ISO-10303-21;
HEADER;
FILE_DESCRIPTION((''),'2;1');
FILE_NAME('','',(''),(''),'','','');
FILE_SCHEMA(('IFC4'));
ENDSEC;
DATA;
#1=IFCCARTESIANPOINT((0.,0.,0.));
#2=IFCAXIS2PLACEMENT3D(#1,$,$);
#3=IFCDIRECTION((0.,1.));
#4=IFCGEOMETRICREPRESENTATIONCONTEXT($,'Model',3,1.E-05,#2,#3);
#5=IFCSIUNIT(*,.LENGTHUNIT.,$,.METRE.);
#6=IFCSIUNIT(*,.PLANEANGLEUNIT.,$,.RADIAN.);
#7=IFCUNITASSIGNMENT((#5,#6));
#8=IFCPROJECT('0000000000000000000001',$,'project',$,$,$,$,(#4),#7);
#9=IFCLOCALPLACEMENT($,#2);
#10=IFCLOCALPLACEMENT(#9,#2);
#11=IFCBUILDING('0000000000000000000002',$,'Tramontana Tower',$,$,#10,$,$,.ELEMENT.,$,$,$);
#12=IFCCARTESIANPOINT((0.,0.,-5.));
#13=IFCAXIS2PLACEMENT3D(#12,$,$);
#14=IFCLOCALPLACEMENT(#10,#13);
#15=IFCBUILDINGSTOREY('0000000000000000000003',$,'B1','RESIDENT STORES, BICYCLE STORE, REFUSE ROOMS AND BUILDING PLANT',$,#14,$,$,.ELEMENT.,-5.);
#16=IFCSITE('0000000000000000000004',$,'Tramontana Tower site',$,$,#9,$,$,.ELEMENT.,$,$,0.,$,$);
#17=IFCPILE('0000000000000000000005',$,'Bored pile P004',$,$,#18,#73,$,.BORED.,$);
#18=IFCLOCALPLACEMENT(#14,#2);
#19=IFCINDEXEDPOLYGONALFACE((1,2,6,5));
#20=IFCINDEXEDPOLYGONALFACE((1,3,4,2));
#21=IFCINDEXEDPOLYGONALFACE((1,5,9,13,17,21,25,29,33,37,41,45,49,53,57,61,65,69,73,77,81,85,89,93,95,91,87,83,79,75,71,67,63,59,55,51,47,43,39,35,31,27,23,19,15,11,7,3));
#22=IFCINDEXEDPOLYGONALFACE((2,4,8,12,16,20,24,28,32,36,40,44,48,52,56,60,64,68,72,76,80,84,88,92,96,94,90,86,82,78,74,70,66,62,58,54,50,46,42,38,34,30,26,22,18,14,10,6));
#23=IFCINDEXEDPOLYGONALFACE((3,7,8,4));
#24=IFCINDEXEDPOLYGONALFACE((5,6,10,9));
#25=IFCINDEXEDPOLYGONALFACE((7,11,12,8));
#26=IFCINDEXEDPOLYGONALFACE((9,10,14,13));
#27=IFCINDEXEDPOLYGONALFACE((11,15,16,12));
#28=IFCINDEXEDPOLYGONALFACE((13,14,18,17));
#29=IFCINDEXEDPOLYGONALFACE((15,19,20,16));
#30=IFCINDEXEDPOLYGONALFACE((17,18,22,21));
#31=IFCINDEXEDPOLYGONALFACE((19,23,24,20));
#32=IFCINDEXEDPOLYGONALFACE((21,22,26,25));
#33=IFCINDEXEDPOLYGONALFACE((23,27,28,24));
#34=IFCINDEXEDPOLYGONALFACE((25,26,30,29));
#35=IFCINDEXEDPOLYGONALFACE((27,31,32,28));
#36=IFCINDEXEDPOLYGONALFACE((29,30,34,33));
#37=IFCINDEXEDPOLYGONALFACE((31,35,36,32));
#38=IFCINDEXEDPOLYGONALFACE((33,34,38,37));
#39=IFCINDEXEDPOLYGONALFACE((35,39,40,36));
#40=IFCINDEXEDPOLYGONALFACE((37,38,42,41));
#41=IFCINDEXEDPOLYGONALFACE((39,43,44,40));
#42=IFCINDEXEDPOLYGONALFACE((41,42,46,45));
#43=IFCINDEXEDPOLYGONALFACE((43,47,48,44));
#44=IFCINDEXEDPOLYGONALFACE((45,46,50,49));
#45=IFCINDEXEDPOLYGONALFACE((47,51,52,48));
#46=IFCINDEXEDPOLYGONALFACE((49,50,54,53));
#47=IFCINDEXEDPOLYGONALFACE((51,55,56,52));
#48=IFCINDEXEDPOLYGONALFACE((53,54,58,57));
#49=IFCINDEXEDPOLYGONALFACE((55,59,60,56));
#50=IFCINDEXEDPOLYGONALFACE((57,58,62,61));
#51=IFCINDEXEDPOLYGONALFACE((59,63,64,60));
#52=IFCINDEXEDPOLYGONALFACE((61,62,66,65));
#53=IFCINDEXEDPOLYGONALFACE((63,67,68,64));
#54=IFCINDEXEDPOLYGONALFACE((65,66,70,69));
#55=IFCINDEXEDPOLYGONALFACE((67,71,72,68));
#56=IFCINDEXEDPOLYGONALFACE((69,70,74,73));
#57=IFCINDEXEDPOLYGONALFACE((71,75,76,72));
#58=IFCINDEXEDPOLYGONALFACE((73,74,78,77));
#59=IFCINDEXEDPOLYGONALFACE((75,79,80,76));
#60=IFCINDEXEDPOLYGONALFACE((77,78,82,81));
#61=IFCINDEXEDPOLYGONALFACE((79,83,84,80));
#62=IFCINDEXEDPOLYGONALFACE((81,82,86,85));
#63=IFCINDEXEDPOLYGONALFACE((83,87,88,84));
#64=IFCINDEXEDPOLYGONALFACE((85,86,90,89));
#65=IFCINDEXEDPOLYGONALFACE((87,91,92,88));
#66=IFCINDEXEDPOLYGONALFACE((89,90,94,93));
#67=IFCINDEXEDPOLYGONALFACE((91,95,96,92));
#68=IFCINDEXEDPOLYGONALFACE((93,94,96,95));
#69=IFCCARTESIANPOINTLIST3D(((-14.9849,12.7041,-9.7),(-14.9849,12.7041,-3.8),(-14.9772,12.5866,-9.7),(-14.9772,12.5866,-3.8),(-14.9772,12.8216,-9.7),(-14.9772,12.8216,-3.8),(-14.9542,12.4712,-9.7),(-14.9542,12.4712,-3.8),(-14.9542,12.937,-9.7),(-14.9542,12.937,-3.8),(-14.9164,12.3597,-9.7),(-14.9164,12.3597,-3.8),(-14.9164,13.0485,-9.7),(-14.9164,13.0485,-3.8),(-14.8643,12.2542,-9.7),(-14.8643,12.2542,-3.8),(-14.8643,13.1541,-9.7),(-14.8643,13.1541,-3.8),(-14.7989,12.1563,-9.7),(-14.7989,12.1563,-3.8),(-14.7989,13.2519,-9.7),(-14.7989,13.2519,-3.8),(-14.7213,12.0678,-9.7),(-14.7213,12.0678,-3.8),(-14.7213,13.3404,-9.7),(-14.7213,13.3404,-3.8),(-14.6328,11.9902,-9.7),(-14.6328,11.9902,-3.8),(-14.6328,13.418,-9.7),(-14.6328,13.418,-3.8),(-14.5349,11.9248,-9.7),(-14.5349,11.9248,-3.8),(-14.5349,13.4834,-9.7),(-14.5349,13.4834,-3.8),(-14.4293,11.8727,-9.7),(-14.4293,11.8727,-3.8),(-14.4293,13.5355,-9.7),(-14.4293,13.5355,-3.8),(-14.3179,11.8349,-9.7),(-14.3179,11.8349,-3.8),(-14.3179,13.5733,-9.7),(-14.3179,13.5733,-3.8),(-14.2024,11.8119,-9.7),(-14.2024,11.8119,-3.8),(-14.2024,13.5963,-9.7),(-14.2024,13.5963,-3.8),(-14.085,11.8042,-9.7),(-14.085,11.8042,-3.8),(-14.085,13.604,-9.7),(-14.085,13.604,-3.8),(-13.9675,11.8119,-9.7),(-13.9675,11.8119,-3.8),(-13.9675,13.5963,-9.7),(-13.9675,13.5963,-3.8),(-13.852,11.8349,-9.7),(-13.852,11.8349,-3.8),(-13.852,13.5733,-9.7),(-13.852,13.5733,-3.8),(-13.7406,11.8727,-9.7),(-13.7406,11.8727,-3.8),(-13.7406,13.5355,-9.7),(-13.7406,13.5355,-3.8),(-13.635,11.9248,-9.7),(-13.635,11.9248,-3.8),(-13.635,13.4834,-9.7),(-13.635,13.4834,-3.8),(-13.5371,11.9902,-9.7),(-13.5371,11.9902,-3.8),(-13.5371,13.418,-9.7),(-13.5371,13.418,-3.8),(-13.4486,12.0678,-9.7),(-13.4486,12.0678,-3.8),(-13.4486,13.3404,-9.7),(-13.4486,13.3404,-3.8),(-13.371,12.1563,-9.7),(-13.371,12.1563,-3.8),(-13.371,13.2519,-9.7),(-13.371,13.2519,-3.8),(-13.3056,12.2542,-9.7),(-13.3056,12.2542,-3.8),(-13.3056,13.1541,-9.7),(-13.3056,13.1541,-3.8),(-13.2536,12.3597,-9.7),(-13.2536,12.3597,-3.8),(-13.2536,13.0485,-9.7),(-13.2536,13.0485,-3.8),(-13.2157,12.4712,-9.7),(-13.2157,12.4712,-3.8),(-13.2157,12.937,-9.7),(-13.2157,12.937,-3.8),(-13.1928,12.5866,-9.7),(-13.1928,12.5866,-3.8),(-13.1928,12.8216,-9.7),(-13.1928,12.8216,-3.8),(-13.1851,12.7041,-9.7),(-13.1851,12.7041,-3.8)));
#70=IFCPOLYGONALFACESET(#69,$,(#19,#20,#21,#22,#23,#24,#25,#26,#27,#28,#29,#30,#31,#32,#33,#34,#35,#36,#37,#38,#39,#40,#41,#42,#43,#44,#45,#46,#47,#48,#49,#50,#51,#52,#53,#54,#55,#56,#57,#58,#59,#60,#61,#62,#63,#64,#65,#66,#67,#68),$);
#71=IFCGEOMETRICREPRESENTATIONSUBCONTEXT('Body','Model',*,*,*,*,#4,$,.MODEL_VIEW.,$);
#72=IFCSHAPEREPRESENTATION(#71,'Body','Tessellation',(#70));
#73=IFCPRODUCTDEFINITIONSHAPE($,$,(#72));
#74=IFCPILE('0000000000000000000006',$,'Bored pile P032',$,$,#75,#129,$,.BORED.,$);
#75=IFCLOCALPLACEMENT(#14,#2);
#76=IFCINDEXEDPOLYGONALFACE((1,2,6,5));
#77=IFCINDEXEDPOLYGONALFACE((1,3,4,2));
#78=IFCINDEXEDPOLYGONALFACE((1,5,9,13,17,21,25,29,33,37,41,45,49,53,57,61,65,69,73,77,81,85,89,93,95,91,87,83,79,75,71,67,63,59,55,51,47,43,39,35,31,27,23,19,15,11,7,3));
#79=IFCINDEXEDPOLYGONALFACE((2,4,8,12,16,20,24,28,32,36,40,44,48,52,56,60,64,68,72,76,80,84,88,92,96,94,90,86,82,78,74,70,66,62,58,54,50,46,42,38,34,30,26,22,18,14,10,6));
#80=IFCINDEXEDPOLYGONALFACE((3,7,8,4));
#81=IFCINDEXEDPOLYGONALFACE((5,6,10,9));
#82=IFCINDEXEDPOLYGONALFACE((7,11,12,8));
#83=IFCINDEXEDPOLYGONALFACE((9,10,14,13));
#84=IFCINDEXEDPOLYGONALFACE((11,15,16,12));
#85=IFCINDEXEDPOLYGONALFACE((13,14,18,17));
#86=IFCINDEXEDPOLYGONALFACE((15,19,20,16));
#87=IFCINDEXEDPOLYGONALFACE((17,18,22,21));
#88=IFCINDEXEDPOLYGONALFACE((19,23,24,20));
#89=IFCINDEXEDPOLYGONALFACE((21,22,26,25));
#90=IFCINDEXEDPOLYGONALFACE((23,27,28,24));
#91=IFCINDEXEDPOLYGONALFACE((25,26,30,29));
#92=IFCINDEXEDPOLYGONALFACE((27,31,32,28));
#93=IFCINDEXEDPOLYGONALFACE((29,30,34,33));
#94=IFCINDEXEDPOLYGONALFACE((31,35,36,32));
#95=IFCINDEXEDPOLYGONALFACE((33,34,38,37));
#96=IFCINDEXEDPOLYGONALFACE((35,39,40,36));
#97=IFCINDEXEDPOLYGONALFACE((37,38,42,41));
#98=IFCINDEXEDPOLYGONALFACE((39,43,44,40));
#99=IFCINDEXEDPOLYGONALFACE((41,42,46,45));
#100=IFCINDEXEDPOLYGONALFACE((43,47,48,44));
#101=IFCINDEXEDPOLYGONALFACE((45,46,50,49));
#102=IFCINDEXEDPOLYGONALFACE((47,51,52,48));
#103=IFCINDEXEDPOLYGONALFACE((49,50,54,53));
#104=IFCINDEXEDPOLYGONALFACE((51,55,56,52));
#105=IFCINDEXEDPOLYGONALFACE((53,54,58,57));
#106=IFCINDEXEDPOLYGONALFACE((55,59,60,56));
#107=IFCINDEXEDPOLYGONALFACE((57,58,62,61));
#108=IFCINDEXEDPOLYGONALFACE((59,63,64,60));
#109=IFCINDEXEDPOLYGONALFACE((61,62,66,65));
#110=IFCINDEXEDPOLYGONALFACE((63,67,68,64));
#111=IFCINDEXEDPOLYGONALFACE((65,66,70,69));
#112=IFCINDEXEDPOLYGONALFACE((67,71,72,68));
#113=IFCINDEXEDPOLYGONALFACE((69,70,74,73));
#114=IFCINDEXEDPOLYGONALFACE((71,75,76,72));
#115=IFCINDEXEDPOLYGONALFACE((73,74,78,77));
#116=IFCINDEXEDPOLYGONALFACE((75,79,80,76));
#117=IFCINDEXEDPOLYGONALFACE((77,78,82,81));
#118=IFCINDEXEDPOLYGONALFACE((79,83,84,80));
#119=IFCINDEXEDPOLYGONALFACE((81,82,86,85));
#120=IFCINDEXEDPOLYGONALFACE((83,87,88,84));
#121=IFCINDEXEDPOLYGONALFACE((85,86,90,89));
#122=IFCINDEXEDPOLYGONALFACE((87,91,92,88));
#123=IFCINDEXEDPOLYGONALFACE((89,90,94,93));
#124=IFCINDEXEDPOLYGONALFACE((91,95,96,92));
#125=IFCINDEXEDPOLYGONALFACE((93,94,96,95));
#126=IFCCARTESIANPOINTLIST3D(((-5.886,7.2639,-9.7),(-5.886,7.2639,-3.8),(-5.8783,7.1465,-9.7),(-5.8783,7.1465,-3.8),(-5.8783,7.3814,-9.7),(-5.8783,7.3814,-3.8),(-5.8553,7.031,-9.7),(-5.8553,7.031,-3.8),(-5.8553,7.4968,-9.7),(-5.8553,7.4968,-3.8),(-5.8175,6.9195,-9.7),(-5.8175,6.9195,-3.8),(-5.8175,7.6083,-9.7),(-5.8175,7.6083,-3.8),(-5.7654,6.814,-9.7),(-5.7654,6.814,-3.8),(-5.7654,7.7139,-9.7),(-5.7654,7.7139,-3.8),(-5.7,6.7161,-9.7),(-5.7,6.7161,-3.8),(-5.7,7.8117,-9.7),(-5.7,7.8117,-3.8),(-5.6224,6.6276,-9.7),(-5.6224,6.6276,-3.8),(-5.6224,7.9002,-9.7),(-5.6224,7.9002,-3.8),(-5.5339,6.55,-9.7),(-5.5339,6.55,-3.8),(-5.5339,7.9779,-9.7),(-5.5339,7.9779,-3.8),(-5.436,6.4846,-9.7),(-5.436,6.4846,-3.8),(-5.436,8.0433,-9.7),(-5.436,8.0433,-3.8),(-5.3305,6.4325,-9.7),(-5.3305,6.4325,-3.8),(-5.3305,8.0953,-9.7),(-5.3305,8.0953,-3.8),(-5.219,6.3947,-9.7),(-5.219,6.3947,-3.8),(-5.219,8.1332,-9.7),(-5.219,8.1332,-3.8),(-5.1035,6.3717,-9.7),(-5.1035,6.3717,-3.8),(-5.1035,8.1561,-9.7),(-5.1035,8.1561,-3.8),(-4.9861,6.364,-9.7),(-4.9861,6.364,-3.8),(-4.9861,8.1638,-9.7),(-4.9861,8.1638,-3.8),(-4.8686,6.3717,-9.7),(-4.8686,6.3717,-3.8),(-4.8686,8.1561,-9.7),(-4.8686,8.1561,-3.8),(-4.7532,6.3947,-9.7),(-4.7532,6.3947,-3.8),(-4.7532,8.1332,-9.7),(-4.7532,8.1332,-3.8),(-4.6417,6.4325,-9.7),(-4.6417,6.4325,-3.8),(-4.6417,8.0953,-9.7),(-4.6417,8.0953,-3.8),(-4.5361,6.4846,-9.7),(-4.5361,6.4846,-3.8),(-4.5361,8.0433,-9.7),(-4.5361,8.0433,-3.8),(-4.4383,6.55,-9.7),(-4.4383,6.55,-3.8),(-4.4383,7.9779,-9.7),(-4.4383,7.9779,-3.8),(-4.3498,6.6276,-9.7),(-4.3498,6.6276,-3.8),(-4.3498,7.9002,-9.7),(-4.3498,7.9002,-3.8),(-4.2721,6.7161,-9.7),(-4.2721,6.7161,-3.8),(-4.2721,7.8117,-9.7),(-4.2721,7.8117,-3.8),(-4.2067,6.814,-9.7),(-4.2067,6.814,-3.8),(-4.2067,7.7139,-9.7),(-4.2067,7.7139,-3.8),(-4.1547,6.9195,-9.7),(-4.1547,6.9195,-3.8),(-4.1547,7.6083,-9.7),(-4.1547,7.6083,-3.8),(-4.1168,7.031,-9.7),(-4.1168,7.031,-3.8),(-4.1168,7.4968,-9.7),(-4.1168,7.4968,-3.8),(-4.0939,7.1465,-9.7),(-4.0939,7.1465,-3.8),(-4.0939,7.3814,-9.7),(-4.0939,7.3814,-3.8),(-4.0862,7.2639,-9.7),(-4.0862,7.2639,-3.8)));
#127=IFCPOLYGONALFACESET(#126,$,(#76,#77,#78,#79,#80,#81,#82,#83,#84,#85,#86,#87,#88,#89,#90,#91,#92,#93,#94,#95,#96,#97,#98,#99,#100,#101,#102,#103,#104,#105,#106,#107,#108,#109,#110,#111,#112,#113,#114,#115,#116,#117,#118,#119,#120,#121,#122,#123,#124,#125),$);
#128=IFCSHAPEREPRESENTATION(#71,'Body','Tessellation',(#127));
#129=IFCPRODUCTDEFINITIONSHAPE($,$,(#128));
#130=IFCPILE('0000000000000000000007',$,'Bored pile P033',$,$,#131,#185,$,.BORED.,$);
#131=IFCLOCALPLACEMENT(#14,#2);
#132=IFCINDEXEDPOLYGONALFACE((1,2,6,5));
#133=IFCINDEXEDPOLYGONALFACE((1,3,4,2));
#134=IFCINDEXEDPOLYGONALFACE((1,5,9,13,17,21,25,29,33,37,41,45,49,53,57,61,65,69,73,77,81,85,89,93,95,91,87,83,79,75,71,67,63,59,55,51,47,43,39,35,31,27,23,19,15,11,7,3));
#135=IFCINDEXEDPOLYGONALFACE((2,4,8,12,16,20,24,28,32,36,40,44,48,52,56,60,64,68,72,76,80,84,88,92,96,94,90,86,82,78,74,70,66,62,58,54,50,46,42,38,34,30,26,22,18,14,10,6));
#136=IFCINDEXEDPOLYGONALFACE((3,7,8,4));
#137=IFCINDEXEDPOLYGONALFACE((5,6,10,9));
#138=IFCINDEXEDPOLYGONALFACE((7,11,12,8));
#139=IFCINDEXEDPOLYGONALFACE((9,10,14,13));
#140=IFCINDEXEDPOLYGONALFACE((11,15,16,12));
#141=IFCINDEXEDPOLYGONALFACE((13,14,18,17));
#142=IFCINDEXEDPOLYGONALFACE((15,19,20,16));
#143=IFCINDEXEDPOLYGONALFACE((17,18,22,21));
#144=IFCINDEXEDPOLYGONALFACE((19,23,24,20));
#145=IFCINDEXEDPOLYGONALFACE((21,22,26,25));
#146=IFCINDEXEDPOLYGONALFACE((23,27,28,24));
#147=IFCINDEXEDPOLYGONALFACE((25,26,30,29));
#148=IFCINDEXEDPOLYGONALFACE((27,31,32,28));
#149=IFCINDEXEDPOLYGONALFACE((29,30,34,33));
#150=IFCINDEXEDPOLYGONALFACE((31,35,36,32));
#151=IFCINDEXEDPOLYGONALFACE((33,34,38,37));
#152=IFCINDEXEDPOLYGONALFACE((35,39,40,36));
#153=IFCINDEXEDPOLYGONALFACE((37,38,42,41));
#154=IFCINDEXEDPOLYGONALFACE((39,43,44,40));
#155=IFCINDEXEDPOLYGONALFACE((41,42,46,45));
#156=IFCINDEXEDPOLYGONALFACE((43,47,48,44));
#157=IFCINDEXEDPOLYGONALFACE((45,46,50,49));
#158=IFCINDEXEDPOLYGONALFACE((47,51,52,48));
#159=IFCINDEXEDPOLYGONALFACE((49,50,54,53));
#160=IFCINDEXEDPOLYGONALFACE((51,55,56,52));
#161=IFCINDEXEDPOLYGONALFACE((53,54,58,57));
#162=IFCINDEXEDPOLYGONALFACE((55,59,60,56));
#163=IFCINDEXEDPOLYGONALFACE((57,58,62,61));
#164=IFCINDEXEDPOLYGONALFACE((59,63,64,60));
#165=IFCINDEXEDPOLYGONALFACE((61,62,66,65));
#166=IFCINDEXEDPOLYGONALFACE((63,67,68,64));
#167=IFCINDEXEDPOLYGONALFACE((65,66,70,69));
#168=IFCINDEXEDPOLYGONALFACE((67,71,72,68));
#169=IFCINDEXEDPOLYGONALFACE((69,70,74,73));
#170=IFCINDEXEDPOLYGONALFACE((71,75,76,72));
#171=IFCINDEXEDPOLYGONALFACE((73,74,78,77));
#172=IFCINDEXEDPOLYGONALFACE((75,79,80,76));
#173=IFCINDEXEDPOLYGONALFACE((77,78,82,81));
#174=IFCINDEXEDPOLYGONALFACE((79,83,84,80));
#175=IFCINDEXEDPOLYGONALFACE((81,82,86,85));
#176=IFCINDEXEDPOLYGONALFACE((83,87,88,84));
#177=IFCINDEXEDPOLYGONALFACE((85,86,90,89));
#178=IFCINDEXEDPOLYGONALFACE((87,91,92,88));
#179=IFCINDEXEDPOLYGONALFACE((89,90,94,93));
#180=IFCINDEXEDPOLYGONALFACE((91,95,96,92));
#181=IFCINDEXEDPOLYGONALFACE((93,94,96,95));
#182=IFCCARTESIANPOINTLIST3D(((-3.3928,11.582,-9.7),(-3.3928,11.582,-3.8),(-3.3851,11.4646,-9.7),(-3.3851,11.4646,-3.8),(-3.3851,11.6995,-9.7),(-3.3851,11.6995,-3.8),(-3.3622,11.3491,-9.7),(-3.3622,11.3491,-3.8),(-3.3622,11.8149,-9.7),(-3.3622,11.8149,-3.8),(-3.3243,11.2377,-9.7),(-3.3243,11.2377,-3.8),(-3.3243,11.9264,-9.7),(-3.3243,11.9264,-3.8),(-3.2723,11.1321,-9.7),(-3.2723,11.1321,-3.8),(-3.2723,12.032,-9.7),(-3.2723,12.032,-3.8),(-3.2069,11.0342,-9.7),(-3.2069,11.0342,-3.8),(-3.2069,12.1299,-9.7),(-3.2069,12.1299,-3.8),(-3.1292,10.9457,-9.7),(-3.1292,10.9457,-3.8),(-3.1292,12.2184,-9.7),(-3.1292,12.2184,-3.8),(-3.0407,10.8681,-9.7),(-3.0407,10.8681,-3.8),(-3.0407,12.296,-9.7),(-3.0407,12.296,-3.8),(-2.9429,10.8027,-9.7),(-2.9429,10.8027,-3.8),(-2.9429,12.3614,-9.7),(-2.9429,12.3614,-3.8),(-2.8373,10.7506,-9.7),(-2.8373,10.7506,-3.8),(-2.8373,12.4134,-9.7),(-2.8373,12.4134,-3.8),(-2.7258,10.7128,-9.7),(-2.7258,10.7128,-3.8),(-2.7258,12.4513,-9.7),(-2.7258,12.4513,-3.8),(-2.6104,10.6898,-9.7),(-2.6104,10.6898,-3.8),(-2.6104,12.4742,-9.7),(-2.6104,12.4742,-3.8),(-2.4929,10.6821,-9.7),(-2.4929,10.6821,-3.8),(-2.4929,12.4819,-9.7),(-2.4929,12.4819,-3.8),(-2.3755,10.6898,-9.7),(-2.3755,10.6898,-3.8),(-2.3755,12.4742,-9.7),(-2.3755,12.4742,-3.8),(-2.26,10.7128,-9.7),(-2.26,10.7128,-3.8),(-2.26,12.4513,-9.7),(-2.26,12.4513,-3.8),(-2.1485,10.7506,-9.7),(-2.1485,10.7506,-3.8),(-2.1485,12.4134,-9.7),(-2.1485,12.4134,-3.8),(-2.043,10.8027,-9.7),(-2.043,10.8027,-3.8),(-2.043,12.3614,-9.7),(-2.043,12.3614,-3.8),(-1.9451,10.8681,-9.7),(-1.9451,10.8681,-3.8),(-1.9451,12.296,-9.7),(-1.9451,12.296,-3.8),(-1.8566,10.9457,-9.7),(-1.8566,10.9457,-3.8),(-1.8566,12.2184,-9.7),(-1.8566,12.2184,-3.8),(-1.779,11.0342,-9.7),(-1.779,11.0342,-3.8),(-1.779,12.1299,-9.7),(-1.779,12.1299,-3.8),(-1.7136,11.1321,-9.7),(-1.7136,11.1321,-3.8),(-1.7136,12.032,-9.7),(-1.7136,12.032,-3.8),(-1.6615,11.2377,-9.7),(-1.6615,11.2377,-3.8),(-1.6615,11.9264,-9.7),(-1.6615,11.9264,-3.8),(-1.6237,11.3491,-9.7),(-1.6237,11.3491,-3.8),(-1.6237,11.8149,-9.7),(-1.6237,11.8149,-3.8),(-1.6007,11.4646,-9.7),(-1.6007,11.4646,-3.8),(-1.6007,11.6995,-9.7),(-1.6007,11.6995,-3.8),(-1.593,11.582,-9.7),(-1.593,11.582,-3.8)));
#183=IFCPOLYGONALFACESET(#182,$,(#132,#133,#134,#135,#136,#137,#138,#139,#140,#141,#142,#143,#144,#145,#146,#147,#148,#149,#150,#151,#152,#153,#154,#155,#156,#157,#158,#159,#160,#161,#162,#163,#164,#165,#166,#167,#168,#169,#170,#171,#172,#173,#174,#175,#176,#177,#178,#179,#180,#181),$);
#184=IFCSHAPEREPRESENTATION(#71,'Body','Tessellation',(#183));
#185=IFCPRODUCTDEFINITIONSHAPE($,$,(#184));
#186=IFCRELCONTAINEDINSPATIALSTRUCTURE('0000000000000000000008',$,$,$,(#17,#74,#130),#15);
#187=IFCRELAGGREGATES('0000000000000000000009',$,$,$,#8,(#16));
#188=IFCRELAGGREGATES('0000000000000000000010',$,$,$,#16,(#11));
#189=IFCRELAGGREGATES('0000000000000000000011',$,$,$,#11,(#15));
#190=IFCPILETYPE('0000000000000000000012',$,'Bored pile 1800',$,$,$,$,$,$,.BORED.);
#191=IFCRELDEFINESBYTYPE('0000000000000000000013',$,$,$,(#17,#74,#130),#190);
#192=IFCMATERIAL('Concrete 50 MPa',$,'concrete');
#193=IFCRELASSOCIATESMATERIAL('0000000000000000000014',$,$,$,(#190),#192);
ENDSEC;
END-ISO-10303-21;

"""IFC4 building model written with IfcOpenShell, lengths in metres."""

from ifc_helpers import new_model, si_unit, direction, frame, origin, origin_2d, place, context, subcontext, project, spatial, circle, extrude, material, material_profile, profile_set, type_object, element, save


model = new_model("IFC4")

# Units and contexts
model_context = context("Model", 3, precision=1e-05, world=origin(), true_north=direction((0.0, 1.0)))
body_context = subcontext(model_context, "Body", "Model", "MODEL_VIEW")
ifc_project = project(units=[si_unit("LENGTHUNIT", "METRE"), si_unit("PLANEANGLEUNIT", "RADIAN")], contexts=[model_context])

# Site, building, storey
site_placement = place(None, origin())
site = spatial("IfcSite", under=ifc_project, at=site_placement, Name="Tramontana Tower site", CompositionType="ELEMENT", RefElevation=0.0)
building_placement = place(site_placement, origin())
building = spatial("IfcBuilding", under=site, at=building_placement, Name="Tramontana Tower", CompositionType="ELEMENT")
storey_placement = place(building_placement, frame((0.0, 0.0, -5.0)))
storey = spatial("IfcBuildingStorey", under=building, at=storey_placement, Name="B1", Description="RESIDENT STORES, BICYCLE STORE, REFUSE ROOMS AND BUILDING PLANT", CompositionType="ELEMENT", Elevation=-5.0)

# Piles
ifc_material_1 = material(Name="Concrete 50 MPa", Category="concrete")
ifc_material_profile_1 = material_profile(ifc_material_1, circle(Radius=0.8999, at=origin_2d()), Name="Bored pile 1800")
ifc_profile_set_1 = profile_set([ifc_material_profile_1], Name="Concrete 50 MPa")
pile_type = type_object("IfcPileType", Name="Bored pile 1800", PredefinedType="BORED", material=ifc_profile_set_1)
for number, where, z_axis, x_axis, name in (
    (1, (-14.085, 12.7041, -3.8), (0.0, 0.0, -1.0), (1.0, 0.0, 0.0), "Bored pile P004"),
    (2, (-4.9861, 7.2639, -3.8), (0.0, 0.0, -1.0), (1.0, 0.0, 0.0), "Bored pile P032"),
    (3, (-2.4929, 11.582, -3.8), (0.0, 0.0, -1.0), (1.0, 0.0, 0.0), "Bored pile P033"),
):
    element("IfcPile", number, at=place(storey_placement, frame(where, z_axis=z_axis, x_axis=x_axis)), inside=storey, type_object=pile_type, Name=name, PredefinedType="BORED", context=body_context, shape_type="SweptSolid", body=[
        extrude(circle(Radius=0.8999, at=origin_2d()), origin(), (0.0, 0.0, 1.0), 5.8999),
    ])

save(model, "model.ifc")
